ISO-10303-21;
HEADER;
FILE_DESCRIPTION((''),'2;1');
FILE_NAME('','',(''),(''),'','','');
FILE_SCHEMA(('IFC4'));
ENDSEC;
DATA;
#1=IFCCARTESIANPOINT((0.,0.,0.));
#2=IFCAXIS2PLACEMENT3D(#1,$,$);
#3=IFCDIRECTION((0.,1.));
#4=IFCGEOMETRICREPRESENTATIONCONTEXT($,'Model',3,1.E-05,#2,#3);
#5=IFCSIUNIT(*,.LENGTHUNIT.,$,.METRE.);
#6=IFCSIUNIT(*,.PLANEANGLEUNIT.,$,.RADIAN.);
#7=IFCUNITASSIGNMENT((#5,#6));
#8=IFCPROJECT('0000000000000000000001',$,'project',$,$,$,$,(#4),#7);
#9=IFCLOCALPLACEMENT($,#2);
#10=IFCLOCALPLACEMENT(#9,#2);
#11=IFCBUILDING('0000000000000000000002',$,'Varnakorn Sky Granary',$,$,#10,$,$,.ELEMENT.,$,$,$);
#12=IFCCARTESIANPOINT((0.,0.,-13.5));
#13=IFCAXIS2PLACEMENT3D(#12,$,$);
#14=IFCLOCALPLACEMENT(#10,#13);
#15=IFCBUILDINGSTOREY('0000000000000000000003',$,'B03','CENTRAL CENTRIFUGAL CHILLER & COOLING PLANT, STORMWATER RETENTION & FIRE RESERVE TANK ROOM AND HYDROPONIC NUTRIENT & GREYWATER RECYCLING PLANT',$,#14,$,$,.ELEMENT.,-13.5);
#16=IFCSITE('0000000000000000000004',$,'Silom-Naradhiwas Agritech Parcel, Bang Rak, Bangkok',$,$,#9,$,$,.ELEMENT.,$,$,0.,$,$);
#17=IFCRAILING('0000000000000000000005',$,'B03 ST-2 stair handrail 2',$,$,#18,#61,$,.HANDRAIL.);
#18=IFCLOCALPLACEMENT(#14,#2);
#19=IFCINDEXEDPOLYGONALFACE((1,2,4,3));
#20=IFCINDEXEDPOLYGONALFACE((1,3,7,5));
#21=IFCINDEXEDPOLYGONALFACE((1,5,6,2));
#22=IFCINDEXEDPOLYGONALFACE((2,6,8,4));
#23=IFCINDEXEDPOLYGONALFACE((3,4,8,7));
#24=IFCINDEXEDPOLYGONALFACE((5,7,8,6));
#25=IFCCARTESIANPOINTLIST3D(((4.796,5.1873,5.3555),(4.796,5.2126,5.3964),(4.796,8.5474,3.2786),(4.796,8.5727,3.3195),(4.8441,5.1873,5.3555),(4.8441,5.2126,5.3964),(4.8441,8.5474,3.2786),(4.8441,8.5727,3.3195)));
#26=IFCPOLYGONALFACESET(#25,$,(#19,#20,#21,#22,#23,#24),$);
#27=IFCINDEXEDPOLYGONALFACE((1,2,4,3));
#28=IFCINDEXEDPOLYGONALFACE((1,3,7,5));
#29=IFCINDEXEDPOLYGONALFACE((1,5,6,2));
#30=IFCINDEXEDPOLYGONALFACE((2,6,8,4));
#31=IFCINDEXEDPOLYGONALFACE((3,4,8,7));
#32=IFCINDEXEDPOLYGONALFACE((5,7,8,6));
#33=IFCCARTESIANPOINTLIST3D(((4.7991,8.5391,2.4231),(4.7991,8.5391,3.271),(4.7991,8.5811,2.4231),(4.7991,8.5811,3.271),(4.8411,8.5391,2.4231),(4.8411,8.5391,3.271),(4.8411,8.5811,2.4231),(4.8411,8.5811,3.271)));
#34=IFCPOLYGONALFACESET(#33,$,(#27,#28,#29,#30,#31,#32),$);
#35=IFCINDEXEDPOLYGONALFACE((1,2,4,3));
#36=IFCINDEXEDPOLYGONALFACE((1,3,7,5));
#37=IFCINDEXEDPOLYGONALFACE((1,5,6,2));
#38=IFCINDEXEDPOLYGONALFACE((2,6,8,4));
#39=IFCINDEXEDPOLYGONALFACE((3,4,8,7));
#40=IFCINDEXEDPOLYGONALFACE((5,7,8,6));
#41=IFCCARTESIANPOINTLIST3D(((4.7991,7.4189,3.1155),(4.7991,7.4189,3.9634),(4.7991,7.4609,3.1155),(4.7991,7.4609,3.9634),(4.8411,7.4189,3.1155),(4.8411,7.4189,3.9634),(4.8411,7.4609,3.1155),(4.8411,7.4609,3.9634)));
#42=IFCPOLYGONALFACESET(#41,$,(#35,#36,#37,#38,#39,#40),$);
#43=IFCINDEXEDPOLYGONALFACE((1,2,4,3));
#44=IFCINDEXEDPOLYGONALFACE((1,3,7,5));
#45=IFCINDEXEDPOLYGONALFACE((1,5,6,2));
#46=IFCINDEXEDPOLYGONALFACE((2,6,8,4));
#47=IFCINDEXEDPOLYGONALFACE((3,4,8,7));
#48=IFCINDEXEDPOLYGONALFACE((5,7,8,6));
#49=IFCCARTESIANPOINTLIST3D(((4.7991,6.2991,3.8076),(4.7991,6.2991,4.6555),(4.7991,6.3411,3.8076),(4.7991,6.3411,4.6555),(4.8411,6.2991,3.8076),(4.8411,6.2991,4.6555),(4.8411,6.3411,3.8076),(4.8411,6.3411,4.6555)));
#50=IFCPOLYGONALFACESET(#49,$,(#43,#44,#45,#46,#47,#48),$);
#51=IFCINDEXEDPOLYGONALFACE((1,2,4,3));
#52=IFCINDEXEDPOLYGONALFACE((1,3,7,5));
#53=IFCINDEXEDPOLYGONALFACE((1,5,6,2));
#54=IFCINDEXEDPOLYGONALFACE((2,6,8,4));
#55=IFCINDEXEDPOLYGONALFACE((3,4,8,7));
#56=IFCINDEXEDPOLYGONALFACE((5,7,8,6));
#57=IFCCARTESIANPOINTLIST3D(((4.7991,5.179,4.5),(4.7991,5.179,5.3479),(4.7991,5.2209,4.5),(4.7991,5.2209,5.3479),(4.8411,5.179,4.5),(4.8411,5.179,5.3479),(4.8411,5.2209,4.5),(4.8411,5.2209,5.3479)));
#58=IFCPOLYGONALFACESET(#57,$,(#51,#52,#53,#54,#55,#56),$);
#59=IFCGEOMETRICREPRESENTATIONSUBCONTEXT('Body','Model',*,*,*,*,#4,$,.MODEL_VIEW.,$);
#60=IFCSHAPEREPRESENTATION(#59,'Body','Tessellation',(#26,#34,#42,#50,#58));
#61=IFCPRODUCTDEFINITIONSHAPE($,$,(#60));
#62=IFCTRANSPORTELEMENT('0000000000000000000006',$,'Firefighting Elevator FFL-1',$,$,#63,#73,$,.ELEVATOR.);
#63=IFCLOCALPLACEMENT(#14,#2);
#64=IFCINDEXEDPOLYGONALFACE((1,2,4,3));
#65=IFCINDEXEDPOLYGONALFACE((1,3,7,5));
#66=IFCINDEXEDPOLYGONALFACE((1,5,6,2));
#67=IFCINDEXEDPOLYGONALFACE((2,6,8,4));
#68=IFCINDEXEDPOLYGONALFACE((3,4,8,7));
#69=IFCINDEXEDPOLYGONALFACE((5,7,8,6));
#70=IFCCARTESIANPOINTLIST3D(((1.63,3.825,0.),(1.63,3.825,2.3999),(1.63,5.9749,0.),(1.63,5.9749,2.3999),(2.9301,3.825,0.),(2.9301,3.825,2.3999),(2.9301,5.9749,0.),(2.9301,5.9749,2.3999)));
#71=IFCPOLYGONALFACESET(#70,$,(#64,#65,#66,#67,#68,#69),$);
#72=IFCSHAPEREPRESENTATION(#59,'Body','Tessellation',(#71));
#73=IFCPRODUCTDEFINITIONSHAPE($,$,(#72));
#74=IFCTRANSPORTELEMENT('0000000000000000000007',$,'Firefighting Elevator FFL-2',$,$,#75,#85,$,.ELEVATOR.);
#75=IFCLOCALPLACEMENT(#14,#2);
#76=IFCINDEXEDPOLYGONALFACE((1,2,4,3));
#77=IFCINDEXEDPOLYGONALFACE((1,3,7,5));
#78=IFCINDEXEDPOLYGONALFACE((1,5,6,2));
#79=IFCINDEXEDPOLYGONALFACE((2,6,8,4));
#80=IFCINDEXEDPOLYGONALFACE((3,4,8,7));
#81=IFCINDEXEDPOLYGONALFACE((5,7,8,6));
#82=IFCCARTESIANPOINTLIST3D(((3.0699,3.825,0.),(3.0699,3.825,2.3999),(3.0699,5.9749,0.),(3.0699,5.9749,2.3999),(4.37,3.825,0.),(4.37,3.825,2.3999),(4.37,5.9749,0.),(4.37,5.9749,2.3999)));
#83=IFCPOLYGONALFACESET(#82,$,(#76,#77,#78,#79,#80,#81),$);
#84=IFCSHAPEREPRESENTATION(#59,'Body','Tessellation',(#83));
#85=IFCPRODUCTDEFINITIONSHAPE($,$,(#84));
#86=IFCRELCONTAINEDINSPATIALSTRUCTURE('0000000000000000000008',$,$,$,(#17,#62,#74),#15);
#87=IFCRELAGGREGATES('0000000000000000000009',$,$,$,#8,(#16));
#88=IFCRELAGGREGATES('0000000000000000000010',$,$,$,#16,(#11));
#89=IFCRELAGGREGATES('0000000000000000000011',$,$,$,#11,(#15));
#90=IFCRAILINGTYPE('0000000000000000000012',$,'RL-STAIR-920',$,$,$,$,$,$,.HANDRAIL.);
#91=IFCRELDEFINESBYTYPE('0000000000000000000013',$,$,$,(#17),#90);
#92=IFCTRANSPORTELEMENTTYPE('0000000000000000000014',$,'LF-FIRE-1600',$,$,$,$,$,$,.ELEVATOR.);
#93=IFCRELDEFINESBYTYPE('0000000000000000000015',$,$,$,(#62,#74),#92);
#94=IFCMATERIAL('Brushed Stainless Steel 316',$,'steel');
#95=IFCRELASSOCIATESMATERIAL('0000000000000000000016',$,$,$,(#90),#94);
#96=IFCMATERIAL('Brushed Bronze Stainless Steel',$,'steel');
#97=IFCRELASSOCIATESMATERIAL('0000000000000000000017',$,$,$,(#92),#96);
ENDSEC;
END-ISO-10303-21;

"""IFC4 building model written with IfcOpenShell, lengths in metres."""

from ifc_helpers import new_model, si_unit, direction, frame, origin, origin_2d, place, context, subcontext, project, spatial, rectangle, extrude, material, type_object, element, save


model = new_model("IFC4")

# Units and contexts
model_context = context("Model", 3, precision=1e-05, world=origin(), true_north=direction((0.0, 1.0)))
body_context = subcontext(model_context, "Body", "Model", "MODEL_VIEW")
ifc_project = project(units=[si_unit("LENGTHUNIT", "METRE"), si_unit("PLANEANGLEUNIT", "RADIAN")], contexts=[model_context])

# Site, building, storey
site_placement = place(None, origin())
site = spatial("IfcSite", under=ifc_project, at=site_placement, Name="Silom-Naradhiwas Agritech Parcel, Bang Rak, Bangkok", CompositionType="ELEMENT", RefElevation=0.0)
building_placement = place(site_placement, origin())
building = spatial("IfcBuilding", under=site, at=building_placement, Name="Varnakorn Sky Granary", CompositionType="ELEMENT")
storey_placement = place(building_placement, frame((0.0, 0.0, -13.5)))
storey = spatial("IfcBuildingStorey", under=building, at=storey_placement, Name="B03", Description="CENTRAL CENTRIFUGAL CHILLER & COOLING PLANT, STORMWATER RETENTION & FIRE RESERVE TANK ROOM AND HYDROPONIC NUTRIENT & GREYWATER RECYCLING PLANT", CompositionType="ELEMENT", Elevation=-13.5)

# Railing
ifc_material_1 = material(Name="Brushed Stainless Steel 316", Category="steel")
railing_type_1 = type_object("IfcRailingType", Name="RL-STAIR-920", PredefinedType="HANDRAIL", material=ifc_material_1)
railing_1_placement = place(storey_placement, frame((4.8201, 8.5601, 2.4231)))
element("IfcRailing", 1, at=railing_1_placement, inside=storey, type_object=railing_type_1, Name="B03 ST-2 stair handrail 2", PredefinedType="HANDRAIL", context=body_context, shape_type="SweptSolid", body=[
    extrude(rectangle(XDim=0.0481, YDim=0.0481, at=origin_2d()), frame((0.0, 0.0, 0.876), z_axis=(0.0, -0.850623, 0.525776), x_axis=(1.0, 0.0, 0.0)), (0.0, 0.0, 1.0), 3.9502),
    extrude(rectangle(XDim=0.042, YDim=0.042, at=origin_2d()), origin(), (0.0, 0.0, 1.0), 0.8479),
    extrude(rectangle(XDim=0.042, YDim=0.042, at=origin_2d()), frame((0.0, -1.1201, 0.6924)), (0.0, 0.0, 1.0), 0.8479),
    extrude(rectangle(XDim=0.042, YDim=0.042, at=origin_2d()), frame((0.0, -2.24, 1.3845)), (0.0, 0.0, 1.0), 0.8479),
    extrude(rectangle(XDim=0.042, YDim=0.042, at=origin_2d()), frame((0.0, -3.3601, 2.0769)), (0.0, 0.0, 1.0), 0.8479),
])

# Transport elements
ifc_material_2 = material(Name="Brushed Bronze Stainless Steel", Category="steel")
transport_element_type = type_object("IfcTransportElementType", Name="LF-FIRE-1600", PredefinedType="ELEVATOR", material=ifc_material_2)
for number, where, z_axis, x_axis, name in (
    (2, (2.28, 4.8999, 0.0), (0.0, 0.0, 1.0), (1.0, 0.0, 0.0), "Firefighting Elevator FFL-1"),
    (3, (3.72, 4.8999, 0.0), (0.0, 0.0, 1.0), (1.0, 0.0, 0.0), "Firefighting Elevator FFL-2"),
):
    element("IfcTransportElement", number, at=place(storey_placement, frame(where, z_axis=z_axis, x_axis=x_axis)), inside=storey, type_object=transport_element_type, Name=name, PredefinedType="ELEVATOR", context=body_context, shape_type="SweptSolid", body=[
        extrude(rectangle(XDim=1.3, YDim=2.1499, at=origin_2d()), origin(), (0.0, 0.0, 1.0), 2.3999),
    ])

save(model, "model.ifc")
